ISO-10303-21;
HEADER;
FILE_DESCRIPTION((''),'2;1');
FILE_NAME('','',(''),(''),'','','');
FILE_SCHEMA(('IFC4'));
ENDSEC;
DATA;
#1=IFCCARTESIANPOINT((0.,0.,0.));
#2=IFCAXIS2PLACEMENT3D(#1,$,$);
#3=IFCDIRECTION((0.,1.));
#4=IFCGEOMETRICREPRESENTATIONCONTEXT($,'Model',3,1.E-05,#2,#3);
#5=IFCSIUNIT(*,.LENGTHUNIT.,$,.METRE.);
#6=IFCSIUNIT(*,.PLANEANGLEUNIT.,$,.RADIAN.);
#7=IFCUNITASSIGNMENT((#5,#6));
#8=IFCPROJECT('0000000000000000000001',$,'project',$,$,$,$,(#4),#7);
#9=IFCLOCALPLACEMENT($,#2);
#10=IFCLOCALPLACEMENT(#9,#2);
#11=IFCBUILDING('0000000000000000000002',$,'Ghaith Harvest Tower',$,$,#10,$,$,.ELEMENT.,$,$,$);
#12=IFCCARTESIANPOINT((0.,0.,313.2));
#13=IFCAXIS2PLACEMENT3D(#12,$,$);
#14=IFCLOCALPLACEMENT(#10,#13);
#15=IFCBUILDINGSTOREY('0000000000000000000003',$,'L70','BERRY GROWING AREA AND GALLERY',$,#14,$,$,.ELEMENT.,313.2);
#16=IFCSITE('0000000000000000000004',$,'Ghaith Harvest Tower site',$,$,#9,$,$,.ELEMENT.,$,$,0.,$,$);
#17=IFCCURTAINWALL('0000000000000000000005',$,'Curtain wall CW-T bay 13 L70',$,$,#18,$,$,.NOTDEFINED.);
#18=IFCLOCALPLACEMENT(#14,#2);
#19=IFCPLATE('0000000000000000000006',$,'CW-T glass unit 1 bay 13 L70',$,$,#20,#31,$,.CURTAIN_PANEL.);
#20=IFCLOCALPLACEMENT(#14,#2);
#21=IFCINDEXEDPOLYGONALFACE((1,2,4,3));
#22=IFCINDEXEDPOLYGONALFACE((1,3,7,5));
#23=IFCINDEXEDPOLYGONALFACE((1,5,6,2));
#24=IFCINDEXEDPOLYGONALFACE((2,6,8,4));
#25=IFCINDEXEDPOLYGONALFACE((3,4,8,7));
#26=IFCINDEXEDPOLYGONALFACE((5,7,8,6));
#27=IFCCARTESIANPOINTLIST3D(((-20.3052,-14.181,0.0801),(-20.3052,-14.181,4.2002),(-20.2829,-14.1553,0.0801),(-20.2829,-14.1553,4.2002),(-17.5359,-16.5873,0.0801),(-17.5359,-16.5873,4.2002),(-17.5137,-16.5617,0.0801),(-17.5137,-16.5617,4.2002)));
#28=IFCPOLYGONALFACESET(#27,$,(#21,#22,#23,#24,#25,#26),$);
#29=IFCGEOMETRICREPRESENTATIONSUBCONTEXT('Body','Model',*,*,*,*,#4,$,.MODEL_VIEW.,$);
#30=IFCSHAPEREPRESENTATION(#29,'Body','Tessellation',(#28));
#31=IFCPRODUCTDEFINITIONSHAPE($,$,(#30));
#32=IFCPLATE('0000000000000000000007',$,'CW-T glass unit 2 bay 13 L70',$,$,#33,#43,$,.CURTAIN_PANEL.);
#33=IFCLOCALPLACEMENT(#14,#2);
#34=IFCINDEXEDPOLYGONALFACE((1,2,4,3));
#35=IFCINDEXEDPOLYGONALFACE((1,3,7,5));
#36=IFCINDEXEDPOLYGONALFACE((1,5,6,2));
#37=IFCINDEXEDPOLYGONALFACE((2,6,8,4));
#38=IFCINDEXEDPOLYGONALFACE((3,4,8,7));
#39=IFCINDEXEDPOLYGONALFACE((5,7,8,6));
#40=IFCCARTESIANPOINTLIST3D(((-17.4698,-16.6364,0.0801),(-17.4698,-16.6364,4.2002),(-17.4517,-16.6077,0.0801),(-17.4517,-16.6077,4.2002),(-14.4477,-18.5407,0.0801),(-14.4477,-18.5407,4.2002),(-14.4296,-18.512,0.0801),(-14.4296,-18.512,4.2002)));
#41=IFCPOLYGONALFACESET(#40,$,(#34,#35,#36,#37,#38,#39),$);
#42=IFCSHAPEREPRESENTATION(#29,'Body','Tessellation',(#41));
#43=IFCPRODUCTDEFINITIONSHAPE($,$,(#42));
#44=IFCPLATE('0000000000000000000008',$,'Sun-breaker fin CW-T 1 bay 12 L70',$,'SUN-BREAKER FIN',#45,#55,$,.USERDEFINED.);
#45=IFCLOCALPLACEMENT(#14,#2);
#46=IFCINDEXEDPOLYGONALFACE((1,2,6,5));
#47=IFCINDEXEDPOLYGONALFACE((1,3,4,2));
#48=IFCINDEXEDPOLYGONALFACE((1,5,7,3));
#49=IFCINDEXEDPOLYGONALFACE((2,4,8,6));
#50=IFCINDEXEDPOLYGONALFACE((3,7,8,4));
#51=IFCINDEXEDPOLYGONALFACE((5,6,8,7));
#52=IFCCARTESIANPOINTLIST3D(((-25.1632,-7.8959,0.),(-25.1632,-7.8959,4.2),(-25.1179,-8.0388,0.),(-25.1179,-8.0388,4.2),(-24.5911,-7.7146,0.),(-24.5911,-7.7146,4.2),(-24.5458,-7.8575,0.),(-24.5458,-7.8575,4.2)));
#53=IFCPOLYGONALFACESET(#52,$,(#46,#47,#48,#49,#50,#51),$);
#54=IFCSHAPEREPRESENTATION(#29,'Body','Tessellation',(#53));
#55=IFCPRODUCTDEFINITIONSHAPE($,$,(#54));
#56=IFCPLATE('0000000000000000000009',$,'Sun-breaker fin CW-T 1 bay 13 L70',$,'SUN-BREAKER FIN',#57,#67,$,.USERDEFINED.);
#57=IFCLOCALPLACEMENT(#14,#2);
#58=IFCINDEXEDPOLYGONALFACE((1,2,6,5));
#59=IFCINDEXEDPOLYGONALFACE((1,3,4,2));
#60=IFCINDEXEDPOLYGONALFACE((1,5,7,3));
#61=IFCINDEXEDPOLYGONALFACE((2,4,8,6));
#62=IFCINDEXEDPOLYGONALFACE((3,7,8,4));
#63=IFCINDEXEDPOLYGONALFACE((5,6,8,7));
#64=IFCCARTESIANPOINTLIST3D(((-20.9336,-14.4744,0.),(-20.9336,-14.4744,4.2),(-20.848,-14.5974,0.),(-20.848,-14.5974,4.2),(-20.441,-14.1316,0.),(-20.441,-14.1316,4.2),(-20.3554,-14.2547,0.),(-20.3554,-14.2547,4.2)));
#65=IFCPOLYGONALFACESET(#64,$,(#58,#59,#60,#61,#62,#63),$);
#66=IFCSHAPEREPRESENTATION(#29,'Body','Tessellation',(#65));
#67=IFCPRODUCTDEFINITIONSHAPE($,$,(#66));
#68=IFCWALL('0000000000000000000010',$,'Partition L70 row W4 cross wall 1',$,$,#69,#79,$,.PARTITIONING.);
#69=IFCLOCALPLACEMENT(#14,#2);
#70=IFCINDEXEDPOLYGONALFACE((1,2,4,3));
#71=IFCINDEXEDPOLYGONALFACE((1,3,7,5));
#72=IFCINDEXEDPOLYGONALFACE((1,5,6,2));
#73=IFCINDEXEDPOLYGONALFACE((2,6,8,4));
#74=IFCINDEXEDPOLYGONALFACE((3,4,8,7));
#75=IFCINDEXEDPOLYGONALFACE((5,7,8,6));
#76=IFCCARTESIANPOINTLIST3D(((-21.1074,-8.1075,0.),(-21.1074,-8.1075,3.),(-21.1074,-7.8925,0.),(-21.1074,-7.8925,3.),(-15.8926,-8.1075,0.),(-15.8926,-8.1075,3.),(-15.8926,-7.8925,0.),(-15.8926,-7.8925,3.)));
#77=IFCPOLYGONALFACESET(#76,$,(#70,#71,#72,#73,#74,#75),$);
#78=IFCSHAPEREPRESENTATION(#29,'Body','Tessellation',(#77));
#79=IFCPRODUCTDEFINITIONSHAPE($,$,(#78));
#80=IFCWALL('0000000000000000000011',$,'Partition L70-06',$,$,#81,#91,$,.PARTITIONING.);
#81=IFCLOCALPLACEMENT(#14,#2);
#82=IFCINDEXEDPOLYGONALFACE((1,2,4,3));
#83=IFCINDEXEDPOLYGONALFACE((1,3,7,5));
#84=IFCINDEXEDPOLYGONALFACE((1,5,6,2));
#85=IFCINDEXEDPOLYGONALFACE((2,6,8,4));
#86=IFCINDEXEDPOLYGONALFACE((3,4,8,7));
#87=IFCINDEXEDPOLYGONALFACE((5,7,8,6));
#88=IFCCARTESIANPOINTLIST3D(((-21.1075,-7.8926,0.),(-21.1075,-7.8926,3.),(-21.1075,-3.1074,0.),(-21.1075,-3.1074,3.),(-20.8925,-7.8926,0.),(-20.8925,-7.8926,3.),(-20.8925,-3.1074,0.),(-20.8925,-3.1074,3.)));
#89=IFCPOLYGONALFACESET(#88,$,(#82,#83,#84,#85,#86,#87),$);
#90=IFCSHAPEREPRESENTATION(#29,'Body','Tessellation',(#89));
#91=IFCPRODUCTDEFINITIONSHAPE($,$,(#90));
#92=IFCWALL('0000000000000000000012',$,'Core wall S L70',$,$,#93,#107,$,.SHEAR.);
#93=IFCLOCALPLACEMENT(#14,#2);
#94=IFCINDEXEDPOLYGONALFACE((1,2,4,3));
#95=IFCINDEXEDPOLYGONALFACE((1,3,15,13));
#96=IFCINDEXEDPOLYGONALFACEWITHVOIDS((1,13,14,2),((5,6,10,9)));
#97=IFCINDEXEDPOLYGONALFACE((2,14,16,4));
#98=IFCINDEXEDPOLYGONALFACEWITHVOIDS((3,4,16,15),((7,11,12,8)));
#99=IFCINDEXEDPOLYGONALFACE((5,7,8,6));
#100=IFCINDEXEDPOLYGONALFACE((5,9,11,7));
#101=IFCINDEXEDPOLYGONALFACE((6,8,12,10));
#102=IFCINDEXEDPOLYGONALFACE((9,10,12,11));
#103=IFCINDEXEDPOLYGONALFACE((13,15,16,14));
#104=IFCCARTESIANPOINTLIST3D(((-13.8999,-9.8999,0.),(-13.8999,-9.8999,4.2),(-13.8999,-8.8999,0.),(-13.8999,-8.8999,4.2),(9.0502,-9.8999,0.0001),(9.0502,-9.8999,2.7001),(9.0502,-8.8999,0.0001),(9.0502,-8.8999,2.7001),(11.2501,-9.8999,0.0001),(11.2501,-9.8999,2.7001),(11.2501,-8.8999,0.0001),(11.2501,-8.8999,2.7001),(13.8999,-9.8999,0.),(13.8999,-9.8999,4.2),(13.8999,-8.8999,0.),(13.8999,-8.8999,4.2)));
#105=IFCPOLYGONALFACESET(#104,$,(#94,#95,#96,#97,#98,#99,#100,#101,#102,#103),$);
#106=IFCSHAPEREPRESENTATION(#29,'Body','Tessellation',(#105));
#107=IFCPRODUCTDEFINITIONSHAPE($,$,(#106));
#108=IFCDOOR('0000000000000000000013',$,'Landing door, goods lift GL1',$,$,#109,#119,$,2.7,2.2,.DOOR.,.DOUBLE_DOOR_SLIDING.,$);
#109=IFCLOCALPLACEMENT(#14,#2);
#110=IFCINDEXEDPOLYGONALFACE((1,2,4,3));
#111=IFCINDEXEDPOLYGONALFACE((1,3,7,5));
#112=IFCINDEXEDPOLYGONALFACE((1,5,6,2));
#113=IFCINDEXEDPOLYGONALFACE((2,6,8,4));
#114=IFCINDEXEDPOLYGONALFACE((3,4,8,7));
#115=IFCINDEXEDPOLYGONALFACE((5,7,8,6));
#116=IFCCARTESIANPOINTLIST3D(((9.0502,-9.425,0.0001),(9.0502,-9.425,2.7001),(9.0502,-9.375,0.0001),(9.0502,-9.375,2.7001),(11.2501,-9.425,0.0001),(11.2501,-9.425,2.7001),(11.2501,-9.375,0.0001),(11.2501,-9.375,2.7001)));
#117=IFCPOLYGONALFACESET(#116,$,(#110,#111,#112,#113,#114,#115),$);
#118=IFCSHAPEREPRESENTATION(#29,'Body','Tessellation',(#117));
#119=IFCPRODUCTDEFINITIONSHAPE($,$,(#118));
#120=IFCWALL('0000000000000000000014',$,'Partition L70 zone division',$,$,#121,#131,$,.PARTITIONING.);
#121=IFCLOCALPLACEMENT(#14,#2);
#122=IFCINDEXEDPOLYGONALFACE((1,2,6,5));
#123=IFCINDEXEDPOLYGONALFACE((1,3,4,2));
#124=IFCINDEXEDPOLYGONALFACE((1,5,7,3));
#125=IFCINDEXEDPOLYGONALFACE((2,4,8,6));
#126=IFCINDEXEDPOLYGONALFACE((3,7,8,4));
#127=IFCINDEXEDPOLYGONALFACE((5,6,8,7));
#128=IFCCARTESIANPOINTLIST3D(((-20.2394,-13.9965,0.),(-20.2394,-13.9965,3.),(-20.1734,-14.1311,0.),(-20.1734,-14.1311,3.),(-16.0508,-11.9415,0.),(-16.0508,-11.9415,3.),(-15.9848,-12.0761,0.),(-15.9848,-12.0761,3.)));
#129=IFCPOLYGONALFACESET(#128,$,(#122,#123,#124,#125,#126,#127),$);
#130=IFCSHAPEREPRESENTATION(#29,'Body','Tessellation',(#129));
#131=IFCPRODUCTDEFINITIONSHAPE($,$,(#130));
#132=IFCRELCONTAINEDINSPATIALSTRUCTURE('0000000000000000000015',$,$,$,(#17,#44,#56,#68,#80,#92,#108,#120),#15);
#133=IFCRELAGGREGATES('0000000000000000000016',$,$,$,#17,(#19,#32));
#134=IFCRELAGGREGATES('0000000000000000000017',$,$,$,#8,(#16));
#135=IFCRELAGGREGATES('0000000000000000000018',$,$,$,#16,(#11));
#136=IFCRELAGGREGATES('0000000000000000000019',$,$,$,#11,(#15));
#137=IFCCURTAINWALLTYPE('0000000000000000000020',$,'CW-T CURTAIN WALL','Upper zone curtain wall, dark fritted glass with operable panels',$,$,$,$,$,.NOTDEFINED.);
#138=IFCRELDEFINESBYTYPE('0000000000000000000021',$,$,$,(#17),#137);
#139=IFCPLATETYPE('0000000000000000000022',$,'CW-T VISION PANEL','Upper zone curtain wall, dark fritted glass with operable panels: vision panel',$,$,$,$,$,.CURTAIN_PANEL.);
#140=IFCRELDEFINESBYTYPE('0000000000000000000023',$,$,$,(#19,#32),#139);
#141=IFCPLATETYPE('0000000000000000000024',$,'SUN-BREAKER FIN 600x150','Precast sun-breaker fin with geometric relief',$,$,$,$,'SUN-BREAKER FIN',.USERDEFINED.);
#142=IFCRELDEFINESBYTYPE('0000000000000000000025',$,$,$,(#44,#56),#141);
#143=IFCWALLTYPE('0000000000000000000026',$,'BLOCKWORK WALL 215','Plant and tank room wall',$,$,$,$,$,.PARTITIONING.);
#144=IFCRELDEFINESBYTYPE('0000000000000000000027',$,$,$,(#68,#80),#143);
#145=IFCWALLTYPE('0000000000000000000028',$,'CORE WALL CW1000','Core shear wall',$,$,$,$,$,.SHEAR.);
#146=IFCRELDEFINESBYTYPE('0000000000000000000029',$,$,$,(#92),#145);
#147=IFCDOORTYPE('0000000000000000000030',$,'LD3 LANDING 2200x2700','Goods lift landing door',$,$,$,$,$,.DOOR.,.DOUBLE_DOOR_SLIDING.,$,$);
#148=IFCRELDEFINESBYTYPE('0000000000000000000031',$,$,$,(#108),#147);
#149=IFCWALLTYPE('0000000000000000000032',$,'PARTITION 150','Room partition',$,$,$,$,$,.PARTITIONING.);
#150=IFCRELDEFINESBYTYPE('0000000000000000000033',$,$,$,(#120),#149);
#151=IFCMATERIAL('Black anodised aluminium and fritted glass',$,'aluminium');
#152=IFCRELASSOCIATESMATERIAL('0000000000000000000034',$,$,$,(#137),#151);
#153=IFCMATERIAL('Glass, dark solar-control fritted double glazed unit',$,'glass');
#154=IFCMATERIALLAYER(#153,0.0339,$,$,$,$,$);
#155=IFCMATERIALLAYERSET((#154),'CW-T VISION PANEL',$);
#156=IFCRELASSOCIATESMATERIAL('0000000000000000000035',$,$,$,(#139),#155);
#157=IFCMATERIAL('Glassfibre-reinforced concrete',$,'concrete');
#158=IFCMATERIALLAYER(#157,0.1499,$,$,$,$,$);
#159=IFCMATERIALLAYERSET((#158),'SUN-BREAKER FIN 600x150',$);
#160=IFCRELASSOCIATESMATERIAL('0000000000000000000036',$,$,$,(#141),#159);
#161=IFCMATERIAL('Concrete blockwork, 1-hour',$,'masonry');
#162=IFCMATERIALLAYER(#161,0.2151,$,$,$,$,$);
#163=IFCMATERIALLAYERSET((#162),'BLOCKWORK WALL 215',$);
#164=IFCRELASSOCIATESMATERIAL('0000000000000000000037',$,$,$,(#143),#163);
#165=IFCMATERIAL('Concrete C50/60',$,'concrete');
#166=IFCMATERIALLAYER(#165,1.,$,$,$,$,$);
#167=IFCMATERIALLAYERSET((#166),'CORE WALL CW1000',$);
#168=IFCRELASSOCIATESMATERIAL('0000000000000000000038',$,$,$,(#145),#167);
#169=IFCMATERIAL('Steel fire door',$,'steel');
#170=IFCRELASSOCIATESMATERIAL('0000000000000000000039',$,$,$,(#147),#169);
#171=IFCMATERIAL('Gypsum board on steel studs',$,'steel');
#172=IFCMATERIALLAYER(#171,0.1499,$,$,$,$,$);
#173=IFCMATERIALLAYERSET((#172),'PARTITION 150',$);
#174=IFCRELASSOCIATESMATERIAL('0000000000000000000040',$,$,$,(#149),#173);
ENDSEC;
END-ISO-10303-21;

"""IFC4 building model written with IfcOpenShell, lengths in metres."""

from ifc_helpers import new_model, si_unit, direction, frame, frame_2d, origin, origin_2d, place, context, subcontext, project, spatial, rectangle, extrude, material, layer, layer_set, type_object, element, fill, aggregate, save


model = new_model("IFC4")

# Units and contexts
model_context = context("Model", 3, precision=1e-05, world=origin(), true_north=direction((0.0, 1.0)))
body_context = subcontext(model_context, "Body", "Model", "MODEL_VIEW")
ifc_project = project(units=[si_unit("LENGTHUNIT", "METRE"), si_unit("PLANEANGLEUNIT", "RADIAN")], contexts=[model_context])

# Site, building, storey
site_placement = place(None, origin())
site = spatial("IfcSite", under=ifc_project, at=site_placement, Name="Ghaith Harvest Tower site", CompositionType="ELEMENT", RefElevation=0.0)
building_placement = place(site_placement, origin())
building = spatial("IfcBuilding", under=site, at=building_placement, Name="Ghaith Harvest Tower", CompositionType="ELEMENT")
storey_placement = place(building_placement, frame((0.0, 0.0, 313.2)))
storey = spatial("IfcBuildingStorey", under=building, at=storey_placement, Name="L70", Description="BERRY GROWING AREA AND GALLERY", CompositionType="ELEMENT", Elevation=313.2)

# Shared definitions
ifc_material_1 = material(Name="Black anodised aluminium and fritted glass", Category="aluminium")
curtain_wall_type = type_object("IfcCurtainWallType", Name="CW-T CURTAIN WALL", Description="Upper zone curtain wall, dark fritted glass with operable panels", PredefinedType="NOTDEFINED", material=ifc_material_1)

# Curtain wall
curtain_wall_1_placement = place(storey_placement, origin())
curtain_wall_1 = element("IfcCurtainWall", 1, at=curtain_wall_1_placement, inside=storey, type_object=curtain_wall_type, Name="Curtain wall CW-T bay 13 L70", PredefinedType="NOTDEFINED")

# Plates
ifc_material_2 = material(Name="Glass, dark solar-control fritted double glazed unit", Category="glass")
ifc_layer_1 = layer(ifc_material_2, 0.0339)
ifc_layer_set_1 = layer_set([ifc_layer_1], Name="CW-T VISION PANEL")
plate_type_1 = type_object("IfcPlateType", Name="CW-T VISION PANEL", Description="Upper zone curtain wall, dark fritted glass with operable panels: vision panel", PredefinedType="CURTAIN_PANEL", material=ifc_layer_set_1)
plate_1_placement = place(storey_placement, frame((-18.9094, -15.3713, 0.0801), z_axis=(0.0, 0.0, 1.0), x_axis=(0.754829, -0.655922, 0.0)))
plate_1 = element("IfcPlate", 2, at=plate_1_placement, type_object=plate_type_1, Name="CW-T glass unit 1 bay 13 L70", PredefinedType="CURTAIN_PANEL", context=body_context, shape_type="SweptSolid", body=[
    extrude(rectangle(XDim=3.6687, YDim=0.0339, at=origin_2d()), origin(), (0.0, 0.0, 1.0), 4.1201),
])
plate_2_placement = place(storey_placement, frame((-15.9497, -17.5742, 0.0801), z_axis=(0.0, 0.0, 1.0), x_axis=(0.846043, -0.533114, 0.0)))
plate_2 = element("IfcPlate", 3, at=plate_2_placement, type_object=plate_type_1, Name="CW-T glass unit 2 bay 13 L70", PredefinedType="CURTAIN_PANEL", context=body_context, shape_type="SweptSolid", body=[
    extrude(rectangle(XDim=3.572, YDim=0.0339, at=origin_2d()), origin(), (0.0, 0.0, 1.0), 4.1201),
])
aggregate(curtain_wall_1, [plate_1, plate_2])

# Plates
ifc_material_3 = material(Name="Glassfibre-reinforced concrete", Category="concrete")
ifc_layer_2 = layer(ifc_material_3, 0.1499)
ifc_layer_set_2 = layer_set([ifc_layer_2], Name="SUN-BREAKER FIN 600x150")
plate_type_2 = type_object("IfcPlateType", Name="SUN-BREAKER FIN 600x150", Description="Precast sun-breaker fin with geometric relief", ElementType="SUN-BREAKER FIN", PredefinedType="USERDEFINED", material=ifc_layer_set_2)
for number, where, z_axis, x_axis, name in (
    (4, (-24.8545, -7.8767, 0.0), (0.0, 0.0, 1.0), (-0.953273, -0.30211, 0.0), "Sun-breaker fin CW-T 1 bay 12 L70"),
    (5, (-20.6445, -14.3645, 0.0), (0.0, 0.0, 1.0), (-0.820845, -0.57115, 0.0), "Sun-breaker fin CW-T 1 bay 13 L70"),
):
    element("IfcPlate", number, at=place(storey_placement, frame(where, z_axis=z_axis, x_axis=x_axis)), inside=storey, type_object=plate_type_2, Name=name, ObjectType="SUN-BREAKER FIN", PredefinedType="USERDEFINED", context=body_context, shape_type="SweptSolid", body=[
        extrude(rectangle(XDim=0.6001, YDim=0.1499, at=origin_2d()), origin(), (0.0, 0.0, 1.0), 4.2),
    ])

# Wall
ifc_material_4 = material(Name="Concrete blockwork, 1-hour", Category="masonry")
ifc_layer_3 = layer(ifc_material_4, 0.2151)
ifc_layer_set_3 = layer_set([ifc_layer_3], Name="BLOCKWORK WALL 215")
wall_type_1 = type_object("IfcWallType", Name="BLOCKWORK WALL 215", Description="Plant and tank room wall", PredefinedType="PARTITIONING", material=ifc_layer_set_3)
wall_1_placement = place(storey_placement, frame((-15.8926, -8.0, 0.0), z_axis=(0.0, 0.0, 1.0), x_axis=(-1.0, 0.0, 0.0)))
element("IfcWall", 6, at=wall_1_placement, inside=storey, type_object=wall_type_1, Name="Partition L70 row W4 cross wall 1", PredefinedType="PARTITIONING", context=body_context, shape_type="SweptSolid", body=[
    extrude(rectangle(XDim=5.2148, YDim=0.2151, at=frame_2d((2.6074, 0.0))), origin(), (0.0, 0.0, 1.0), 3.0),
])

# Wall
wall_2_placement = place(storey_placement, frame((-21.0, -7.8926, 0.0), z_axis=(0.0, 0.0, 1.0), x_axis=(0.0, 1.0, 0.0)))
element("IfcWall", 7, at=wall_2_placement, inside=storey, type_object=wall_type_1, Name="Partition L70-06", PredefinedType="PARTITIONING", context=body_context, shape_type="SweptSolid", body=[
    extrude(rectangle(XDim=4.7852, YDim=0.2151, at=frame_2d((2.3926, 0.0))), origin(), (0.0, 0.0, 1.0), 3.0),
])

# Wall, opening, door
ifc_material_5 = material(Name="Concrete C50/60", Category="concrete")
ifc_layer_4 = layer(ifc_material_5, 1.0)
ifc_layer_set_4 = layer_set([ifc_layer_4], Name="CORE WALL CW1000")
wall_type_2 = type_object("IfcWallType", Name="CORE WALL CW1000", Description="Core shear wall", PredefinedType="SHEAR", material=ifc_layer_set_4)
wall_3_placement = place(storey_placement, frame((-13.8999, -9.3999, 0.0), z_axis=(0.0, 0.0, 1.0), x_axis=(1.0, 0.0, 0.0)))
wall_3 = element("IfcWall", 8, at=wall_3_placement, inside=storey, type_object=wall_type_2, Name="Core wall S L70", PredefinedType="SHEAR", context=body_context, shape_type="SweptSolid", body=[
    extrude(rectangle(XDim=27.7998, YDim=1.0, at=frame_2d((13.8999, 0.0))), origin(), (0.0, 0.0, 1.0), 4.2),
])
opening_1_placement = place(wall_3_placement, frame((22.95, 0.0, 0.0)))
opening_1 = element("IfcOpeningElement", 9, at=opening_1_placement, cuts=wall_3, PredefinedType="OPENING", context=body_context, shape_type="SweptSolid", body=[
    extrude(rectangle(XDim=2.2, YDim=2.7, at=frame_2d((1.1001, 1.3501))), frame((0.0, 0.51, 0.0), z_axis=(0.0, -1.0, 0.0), x_axis=(1.0, 0.0, 0.0)), (0.0, 0.0, 1.0), 1.02),
])
ifc_material_6 = material(Name="Steel fire door", Category="steel")
door_type_1 = type_object("IfcDoorType", Name="LD3 LANDING 2200x2700", Description="Goods lift landing door", OperationType="DOUBLE_DOOR_SLIDING", PredefinedType="DOOR", material=ifc_material_6)
door_1_placement = place(opening_1_placement, origin())
door_1 = element("IfcDoor", 10, at=door_1_placement, inside=storey, type_object=door_type_1, Name="Landing door, goods lift GL1", OperationType="DOUBLE_DOOR_SLIDING", OverallHeight=2.7, OverallWidth=2.2, PredefinedType="DOOR", context=body_context, shape_type="SweptSolid", body=[
    extrude(rectangle(XDim=2.2, YDim=2.7, at=frame_2d((1.1001, 1.3501))), frame((0.0, 0.0249, 0.0), z_axis=(0.0, -1.0, 0.0), x_axis=(1.0, 0.0, 0.0)), (0.0, 0.0, 1.0), 0.05),
])
fill(opening_1, door_1)

# Wall
ifc_material_7 = material(Name="Gypsum board on steel studs", Category="steel")
ifc_layer_5 = layer(ifc_material_7, 0.1499)
ifc_layer_set_5 = layer_set([ifc_layer_5], Name="PARTITION 150")
wall_type_3 = type_object("IfcWallType", Name="PARTITION 150", Description="Room partition", PredefinedType="PARTITIONING", material=ifc_layer_set_5)
wall_4_placement = place(storey_placement, frame((-16.0178, -12.0088, 0.0), z_axis=(0.0, 0.0, 1.0), x_axis=(-0.897772, -0.440461, 0.0)))
element("IfcWall", 11, at=wall_4_placement, inside=storey, type_object=wall_type_3, Name="Partition L70 zone division", PredefinedType="PARTITIONING", context=body_context, shape_type="SweptSolid", body=[
    extrude(rectangle(XDim=4.6655, YDim=0.1499, at=frame_2d((2.3328, 0.0))), origin(), (0.0, 0.0, 1.0), 3.0),
])

save(model, "model.ifc")
